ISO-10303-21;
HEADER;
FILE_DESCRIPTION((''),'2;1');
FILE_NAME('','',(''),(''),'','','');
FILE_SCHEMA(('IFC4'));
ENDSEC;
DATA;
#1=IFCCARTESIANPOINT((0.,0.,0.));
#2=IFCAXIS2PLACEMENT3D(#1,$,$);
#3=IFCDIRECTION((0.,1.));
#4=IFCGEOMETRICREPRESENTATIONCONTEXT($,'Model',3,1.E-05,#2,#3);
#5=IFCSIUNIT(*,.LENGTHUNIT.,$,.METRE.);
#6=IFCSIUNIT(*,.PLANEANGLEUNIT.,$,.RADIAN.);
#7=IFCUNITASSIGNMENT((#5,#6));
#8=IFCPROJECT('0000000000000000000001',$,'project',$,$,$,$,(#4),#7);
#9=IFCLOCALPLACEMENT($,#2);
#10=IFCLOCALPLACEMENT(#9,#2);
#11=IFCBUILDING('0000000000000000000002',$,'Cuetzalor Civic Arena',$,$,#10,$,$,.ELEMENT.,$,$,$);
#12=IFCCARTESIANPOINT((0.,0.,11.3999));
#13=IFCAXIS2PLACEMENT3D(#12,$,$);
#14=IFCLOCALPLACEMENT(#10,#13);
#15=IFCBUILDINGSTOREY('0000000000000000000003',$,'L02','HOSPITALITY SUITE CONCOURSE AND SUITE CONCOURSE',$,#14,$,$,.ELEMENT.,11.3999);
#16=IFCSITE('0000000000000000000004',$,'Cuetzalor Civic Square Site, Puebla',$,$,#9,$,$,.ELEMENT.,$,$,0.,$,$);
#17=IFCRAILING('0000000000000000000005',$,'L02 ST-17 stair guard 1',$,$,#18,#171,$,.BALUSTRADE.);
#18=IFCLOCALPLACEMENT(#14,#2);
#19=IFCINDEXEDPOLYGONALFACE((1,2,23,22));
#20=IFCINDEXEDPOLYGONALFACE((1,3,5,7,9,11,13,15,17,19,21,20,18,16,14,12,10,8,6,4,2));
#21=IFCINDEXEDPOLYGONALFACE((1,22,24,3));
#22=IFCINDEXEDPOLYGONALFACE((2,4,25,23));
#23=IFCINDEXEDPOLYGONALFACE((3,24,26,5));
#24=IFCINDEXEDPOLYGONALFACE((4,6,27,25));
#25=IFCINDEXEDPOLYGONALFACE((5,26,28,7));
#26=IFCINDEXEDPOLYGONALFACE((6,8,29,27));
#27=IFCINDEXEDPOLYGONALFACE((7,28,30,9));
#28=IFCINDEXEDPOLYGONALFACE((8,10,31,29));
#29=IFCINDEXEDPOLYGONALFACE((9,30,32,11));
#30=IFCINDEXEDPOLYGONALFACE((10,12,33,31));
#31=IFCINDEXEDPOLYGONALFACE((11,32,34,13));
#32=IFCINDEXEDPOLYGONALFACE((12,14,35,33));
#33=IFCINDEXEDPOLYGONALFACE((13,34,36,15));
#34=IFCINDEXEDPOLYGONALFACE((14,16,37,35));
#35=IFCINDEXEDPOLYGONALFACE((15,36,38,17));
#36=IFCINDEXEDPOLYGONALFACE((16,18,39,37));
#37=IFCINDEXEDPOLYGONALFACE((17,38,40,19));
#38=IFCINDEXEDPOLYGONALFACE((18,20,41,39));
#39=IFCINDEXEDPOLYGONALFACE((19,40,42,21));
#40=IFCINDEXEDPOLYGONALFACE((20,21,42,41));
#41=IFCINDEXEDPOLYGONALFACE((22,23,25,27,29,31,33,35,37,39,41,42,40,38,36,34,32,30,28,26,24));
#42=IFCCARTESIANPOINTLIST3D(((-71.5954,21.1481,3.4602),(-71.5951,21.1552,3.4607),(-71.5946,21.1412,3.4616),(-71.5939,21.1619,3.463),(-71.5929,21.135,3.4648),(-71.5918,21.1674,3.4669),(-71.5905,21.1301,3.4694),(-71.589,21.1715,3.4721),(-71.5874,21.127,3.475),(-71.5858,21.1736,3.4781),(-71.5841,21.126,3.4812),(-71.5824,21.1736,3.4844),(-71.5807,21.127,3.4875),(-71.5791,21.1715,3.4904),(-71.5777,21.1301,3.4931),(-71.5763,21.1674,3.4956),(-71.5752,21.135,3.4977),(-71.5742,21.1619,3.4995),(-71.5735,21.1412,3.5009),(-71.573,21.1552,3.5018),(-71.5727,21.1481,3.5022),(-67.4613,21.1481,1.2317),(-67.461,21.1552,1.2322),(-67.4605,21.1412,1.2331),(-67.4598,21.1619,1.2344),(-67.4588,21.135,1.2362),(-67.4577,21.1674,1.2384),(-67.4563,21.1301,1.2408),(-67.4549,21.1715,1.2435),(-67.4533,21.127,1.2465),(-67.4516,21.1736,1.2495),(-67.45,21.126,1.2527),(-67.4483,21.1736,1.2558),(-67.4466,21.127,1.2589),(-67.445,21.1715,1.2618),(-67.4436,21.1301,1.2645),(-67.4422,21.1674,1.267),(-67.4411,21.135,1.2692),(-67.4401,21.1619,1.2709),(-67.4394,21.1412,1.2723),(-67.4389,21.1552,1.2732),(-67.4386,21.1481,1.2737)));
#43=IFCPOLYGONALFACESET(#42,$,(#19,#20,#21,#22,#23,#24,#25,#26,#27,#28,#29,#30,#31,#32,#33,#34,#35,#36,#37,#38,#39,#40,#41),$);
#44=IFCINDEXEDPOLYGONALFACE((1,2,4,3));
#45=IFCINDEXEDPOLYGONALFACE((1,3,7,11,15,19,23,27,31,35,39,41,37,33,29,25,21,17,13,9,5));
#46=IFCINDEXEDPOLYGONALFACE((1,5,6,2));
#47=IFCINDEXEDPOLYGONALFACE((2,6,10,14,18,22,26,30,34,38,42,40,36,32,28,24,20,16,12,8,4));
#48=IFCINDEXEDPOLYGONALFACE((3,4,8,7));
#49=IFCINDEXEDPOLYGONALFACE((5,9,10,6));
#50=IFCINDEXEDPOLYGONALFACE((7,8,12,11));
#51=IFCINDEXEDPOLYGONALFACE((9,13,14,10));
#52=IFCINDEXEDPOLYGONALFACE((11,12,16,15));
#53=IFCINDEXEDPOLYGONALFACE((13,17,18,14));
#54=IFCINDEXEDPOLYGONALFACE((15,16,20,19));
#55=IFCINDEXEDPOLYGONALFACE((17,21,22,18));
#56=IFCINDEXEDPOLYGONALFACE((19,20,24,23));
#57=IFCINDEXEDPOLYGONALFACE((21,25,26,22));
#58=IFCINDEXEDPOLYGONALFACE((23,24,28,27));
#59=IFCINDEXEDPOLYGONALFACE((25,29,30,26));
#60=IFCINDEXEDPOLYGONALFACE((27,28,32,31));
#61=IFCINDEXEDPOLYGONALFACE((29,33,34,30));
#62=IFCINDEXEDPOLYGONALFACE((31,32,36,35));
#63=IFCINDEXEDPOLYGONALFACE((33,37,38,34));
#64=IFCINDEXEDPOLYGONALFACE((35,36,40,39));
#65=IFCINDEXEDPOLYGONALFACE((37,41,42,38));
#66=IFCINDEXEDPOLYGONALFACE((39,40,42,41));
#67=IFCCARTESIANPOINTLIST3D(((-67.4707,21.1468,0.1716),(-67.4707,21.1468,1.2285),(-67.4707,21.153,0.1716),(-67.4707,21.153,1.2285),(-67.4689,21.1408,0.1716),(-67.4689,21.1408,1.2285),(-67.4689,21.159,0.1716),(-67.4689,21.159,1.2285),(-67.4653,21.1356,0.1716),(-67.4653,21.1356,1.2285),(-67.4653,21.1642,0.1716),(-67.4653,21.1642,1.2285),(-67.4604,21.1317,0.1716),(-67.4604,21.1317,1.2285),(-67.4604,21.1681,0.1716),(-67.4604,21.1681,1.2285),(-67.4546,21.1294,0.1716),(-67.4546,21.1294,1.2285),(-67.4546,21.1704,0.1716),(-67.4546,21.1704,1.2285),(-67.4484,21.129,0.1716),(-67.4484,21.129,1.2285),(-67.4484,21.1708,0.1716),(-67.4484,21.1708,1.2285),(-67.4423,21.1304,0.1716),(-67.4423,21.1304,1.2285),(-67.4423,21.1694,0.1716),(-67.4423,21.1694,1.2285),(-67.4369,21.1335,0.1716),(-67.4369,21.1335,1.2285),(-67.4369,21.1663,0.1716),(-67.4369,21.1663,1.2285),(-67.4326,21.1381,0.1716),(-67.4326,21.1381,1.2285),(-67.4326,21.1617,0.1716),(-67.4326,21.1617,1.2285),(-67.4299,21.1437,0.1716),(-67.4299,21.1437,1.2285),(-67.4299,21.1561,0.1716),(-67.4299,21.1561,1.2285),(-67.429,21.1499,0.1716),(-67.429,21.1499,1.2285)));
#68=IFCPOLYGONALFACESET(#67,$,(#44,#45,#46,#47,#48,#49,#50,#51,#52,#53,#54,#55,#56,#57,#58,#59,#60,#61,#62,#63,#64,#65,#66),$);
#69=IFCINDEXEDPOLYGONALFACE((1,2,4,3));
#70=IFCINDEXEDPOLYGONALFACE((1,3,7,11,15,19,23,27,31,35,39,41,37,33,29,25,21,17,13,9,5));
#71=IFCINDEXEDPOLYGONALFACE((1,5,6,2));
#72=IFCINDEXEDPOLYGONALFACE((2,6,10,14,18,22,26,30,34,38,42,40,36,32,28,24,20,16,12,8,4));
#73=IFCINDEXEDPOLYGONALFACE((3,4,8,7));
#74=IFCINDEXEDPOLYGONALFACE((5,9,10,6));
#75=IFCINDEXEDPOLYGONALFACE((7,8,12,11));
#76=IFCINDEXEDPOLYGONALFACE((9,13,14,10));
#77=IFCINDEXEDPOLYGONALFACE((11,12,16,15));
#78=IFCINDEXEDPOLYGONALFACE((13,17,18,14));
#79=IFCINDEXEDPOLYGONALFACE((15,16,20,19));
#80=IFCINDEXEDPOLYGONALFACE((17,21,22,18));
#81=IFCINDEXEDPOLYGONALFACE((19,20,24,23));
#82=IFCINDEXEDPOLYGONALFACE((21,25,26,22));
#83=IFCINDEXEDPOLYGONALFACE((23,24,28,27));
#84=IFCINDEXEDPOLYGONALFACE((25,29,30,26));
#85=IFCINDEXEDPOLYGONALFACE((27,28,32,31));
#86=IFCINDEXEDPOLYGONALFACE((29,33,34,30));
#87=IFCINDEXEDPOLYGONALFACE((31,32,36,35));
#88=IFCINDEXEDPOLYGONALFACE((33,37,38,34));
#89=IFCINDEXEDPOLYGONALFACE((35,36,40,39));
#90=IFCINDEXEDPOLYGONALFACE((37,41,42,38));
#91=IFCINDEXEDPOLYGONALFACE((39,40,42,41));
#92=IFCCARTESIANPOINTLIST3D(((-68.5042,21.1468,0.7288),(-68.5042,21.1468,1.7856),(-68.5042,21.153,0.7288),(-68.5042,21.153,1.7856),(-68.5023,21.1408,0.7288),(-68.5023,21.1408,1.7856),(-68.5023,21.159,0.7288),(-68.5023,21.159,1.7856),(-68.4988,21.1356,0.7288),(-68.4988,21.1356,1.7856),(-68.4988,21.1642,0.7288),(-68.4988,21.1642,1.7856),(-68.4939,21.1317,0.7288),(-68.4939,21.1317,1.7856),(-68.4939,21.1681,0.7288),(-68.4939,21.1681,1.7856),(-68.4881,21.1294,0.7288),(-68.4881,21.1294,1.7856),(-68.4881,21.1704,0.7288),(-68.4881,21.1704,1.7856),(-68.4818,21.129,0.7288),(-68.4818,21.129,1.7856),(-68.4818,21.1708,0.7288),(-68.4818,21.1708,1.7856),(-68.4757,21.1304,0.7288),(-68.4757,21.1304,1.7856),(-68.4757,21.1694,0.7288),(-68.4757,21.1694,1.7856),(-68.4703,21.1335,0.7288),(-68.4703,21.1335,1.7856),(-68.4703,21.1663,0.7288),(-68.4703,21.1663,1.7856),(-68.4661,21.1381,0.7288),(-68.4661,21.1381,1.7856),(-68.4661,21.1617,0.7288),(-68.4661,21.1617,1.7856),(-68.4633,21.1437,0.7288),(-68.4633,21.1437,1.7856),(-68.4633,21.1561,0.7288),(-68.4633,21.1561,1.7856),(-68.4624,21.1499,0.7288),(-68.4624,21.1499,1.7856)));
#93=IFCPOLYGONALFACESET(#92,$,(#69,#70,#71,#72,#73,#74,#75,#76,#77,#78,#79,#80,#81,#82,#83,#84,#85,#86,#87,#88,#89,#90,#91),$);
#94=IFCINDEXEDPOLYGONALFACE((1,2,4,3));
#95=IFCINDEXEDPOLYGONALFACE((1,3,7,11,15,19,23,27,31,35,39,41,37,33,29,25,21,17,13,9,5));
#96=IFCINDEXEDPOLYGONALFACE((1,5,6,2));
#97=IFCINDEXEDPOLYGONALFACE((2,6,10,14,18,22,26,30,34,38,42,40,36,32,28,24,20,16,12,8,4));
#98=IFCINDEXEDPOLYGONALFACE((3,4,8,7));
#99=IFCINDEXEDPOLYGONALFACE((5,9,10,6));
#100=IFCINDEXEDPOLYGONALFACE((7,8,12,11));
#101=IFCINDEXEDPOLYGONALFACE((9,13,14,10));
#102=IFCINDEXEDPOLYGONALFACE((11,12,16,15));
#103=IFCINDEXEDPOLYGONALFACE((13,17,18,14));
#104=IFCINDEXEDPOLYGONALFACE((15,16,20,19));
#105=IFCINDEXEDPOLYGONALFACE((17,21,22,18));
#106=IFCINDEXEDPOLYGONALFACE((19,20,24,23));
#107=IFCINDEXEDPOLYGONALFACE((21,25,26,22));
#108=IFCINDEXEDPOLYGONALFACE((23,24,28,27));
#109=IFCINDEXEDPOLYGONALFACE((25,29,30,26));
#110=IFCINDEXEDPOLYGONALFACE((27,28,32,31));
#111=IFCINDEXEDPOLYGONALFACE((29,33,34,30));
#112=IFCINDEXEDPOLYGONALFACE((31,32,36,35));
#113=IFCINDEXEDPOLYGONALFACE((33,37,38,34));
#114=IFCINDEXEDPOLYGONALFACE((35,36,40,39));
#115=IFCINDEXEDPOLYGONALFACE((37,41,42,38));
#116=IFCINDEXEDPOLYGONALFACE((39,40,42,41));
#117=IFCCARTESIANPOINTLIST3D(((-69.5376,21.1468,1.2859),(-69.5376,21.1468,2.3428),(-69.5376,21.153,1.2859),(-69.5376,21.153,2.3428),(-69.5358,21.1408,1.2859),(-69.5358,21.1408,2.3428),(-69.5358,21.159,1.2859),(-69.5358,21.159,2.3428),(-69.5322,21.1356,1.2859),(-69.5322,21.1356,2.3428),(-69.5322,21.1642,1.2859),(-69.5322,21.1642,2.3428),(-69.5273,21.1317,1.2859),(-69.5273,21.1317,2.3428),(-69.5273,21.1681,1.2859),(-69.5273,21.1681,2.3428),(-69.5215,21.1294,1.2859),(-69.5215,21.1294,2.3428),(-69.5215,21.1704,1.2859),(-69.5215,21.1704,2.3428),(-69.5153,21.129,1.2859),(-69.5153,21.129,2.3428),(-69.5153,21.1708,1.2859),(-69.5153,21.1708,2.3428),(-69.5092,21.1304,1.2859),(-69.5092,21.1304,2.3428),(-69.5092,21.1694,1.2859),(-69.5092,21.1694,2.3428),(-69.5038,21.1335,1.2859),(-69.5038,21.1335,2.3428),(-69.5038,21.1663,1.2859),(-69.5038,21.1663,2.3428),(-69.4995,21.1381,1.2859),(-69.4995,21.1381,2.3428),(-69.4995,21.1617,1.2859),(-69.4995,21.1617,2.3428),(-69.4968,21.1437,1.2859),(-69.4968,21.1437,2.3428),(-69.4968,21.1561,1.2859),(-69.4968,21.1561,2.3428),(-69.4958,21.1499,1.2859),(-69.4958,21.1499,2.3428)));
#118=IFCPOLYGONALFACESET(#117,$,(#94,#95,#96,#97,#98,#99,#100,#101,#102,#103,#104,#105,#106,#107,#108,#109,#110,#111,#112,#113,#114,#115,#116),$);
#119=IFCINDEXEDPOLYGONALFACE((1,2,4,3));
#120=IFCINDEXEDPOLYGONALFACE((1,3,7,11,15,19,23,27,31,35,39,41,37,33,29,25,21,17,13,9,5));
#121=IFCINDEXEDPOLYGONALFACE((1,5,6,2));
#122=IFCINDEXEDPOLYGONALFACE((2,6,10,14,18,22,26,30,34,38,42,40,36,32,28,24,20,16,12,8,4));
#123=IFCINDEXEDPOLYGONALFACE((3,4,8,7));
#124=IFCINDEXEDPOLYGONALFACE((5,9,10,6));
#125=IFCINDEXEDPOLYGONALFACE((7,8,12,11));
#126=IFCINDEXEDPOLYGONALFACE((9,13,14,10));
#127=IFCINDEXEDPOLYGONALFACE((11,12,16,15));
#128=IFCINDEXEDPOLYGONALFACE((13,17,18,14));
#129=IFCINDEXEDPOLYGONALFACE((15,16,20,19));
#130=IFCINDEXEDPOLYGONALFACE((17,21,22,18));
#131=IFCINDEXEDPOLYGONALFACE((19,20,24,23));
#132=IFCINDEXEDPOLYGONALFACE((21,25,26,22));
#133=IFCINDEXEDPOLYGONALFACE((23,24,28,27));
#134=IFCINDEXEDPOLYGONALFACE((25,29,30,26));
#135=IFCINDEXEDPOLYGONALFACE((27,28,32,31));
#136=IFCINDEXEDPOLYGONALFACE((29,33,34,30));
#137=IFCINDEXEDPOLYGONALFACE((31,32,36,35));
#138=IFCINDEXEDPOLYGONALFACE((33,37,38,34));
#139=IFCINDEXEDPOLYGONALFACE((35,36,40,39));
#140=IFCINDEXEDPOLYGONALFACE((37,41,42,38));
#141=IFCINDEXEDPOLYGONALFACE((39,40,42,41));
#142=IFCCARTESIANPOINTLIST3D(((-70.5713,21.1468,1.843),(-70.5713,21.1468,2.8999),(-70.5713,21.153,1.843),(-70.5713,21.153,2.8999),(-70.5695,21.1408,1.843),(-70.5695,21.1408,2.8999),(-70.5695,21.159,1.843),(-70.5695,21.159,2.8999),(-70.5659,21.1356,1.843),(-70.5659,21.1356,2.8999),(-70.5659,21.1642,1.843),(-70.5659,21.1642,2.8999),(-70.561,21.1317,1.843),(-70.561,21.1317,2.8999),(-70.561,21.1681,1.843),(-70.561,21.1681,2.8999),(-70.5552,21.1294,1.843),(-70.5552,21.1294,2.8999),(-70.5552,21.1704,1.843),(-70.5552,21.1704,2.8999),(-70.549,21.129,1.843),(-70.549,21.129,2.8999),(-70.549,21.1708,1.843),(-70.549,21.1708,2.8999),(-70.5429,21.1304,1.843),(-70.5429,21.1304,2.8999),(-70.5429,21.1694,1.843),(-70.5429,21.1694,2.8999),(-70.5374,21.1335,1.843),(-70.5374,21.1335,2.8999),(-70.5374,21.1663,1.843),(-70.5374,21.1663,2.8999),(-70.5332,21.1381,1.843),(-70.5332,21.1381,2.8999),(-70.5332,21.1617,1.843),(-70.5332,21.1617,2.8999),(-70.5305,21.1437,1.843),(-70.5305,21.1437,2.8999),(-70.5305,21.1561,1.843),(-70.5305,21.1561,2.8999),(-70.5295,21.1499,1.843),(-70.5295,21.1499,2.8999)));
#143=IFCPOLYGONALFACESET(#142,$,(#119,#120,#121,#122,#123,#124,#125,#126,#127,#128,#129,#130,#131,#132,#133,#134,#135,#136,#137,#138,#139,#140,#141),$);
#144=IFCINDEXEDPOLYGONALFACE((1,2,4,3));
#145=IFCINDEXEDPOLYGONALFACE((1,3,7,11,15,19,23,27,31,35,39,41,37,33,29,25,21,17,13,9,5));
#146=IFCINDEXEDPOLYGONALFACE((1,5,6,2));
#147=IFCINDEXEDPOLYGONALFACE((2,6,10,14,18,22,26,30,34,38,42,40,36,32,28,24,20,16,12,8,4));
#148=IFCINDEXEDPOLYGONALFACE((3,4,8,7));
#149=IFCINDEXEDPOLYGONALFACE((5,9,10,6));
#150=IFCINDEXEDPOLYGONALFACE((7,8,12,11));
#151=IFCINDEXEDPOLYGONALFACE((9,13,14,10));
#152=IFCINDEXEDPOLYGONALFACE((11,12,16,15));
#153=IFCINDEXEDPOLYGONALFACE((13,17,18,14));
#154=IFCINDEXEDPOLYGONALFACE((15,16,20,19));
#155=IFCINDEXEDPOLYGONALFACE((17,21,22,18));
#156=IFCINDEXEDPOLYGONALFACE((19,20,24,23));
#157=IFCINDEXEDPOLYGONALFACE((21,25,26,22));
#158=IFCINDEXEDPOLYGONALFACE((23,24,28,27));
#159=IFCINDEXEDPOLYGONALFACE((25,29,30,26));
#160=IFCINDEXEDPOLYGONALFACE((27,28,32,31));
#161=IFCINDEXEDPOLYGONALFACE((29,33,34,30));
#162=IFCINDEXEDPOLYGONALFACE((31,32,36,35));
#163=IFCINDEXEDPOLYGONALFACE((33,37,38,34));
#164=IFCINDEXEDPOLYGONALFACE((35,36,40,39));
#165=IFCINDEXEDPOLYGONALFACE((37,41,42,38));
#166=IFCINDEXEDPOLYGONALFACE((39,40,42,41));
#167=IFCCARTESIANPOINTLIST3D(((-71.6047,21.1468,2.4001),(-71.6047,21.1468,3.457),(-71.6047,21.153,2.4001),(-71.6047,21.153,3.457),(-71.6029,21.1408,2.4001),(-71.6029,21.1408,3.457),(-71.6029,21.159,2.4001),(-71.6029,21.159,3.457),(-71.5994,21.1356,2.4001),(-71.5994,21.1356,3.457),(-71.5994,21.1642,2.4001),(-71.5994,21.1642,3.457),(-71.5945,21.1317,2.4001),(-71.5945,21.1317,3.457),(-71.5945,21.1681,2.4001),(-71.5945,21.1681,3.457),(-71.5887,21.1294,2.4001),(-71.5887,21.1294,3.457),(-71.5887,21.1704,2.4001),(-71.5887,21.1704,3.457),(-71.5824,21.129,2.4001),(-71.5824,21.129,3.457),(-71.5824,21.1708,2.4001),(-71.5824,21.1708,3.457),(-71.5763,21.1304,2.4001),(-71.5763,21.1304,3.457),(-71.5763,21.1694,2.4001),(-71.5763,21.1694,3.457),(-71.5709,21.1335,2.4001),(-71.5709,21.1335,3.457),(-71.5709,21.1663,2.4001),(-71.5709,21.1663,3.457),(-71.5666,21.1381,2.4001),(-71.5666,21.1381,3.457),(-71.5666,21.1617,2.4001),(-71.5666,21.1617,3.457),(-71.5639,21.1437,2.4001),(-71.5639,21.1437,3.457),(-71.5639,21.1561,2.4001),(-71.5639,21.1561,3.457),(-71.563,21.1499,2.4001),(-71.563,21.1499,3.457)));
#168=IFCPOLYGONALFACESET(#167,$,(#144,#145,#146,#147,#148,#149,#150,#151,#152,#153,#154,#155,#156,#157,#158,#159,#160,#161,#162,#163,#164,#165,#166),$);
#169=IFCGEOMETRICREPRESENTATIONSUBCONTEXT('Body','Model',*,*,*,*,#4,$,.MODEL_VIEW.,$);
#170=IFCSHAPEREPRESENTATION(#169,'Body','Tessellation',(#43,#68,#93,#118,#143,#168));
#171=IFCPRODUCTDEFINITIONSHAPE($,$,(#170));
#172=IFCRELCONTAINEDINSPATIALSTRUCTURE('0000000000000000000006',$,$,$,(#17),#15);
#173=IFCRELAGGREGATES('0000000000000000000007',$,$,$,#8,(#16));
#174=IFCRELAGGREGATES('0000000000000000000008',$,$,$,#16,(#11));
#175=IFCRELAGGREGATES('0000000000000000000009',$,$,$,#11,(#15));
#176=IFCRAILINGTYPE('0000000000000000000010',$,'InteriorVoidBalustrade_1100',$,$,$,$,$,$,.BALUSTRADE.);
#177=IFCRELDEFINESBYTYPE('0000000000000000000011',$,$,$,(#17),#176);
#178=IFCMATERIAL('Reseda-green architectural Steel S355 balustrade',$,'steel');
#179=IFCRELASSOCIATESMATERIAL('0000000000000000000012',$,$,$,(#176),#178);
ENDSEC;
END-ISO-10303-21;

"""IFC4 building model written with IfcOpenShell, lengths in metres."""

from ifc_helpers import new_model, si_unit, direction, frame, origin, origin_2d, place, context, subcontext, project, spatial, circle, extrude, material, type_object, element, save


model = new_model("IFC4")

# Units and contexts
model_context = context("Model", 3, precision=1e-05, world=origin(), true_north=direction((0.0, 1.0)))
body_context = subcontext(model_context, "Body", "Model", "MODEL_VIEW")
ifc_project = project(units=[si_unit("LENGTHUNIT", "METRE"), si_unit("PLANEANGLEUNIT", "RADIAN")], contexts=[model_context])

# Site, building, storey
site_placement = place(None, origin())
site = spatial("IfcSite", under=ifc_project, at=site_placement, Name="Cuetzalor Civic Square Site, Puebla", CompositionType="ELEMENT", RefElevation=0.0)
building_placement = place(site_placement, origin())
building = spatial("IfcBuilding", under=site, at=building_placement, Name="Cuetzalor Civic Arena", CompositionType="ELEMENT")
storey_placement = place(building_placement, frame((0.0, 0.0, 11.3999)))
storey = spatial("IfcBuildingStorey", under=building, at=storey_placement, Name="L02", Description="HOSPITALITY SUITE CONCOURSE AND SUITE CONCOURSE", CompositionType="ELEMENT", Elevation=11.3999)

# Railing
ifc_material_1 = material(Name="Reseda-green architectural Steel S355 balustrade", Category="steel")
railing_type_1 = type_object("IfcRailingType", Name="InteriorVoidBalustrade_1100", PredefinedType="BALUSTRADE", material=ifc_material_1)
railing_1_placement = place(storey_placement, frame((-67.45, 21.1499, 0.1716)))
element("IfcRailing", 1, at=railing_1_placement, inside=storey, type_object=railing_type_1, Name="L02 ST-17 stair guard 1", PredefinedType="BALUSTRADE", context=body_context, shape_type="SweptSolid", body=[
    extrude(circle(Radius=0.0239, at=origin_2d()), frame((0.0, 0.0, 1.0811), z_axis=(-0.880249, 0.0, 0.474512), x_axis=(0.0, -1.0, 0.0)), (0.0, 0.0, 1.0), 4.6965),
    extrude(circle(Radius=0.021, at=origin_2d()), origin(), (0.0, 0.0, 1.0), 1.0569),
    extrude(circle(Radius=0.021, at=origin_2d()), frame((-1.0334, 0.0, 0.5571)), (0.0, 0.0, 1.0), 1.0569),
    extrude(circle(Radius=0.021, at=origin_2d()), frame((-2.0669, 0.0, 1.1143)), (0.0, 0.0, 1.0), 1.0569),
    extrude(circle(Radius=0.021, at=origin_2d()), frame((-3.1006, 0.0, 1.6714)), (0.0, 0.0, 1.0), 1.0569),
    extrude(circle(Radius=0.021, at=origin_2d()), frame((-4.134, 0.0, 2.2285)), (0.0, 0.0, 1.0), 1.0569),
])

save(model, "model.ifc")
